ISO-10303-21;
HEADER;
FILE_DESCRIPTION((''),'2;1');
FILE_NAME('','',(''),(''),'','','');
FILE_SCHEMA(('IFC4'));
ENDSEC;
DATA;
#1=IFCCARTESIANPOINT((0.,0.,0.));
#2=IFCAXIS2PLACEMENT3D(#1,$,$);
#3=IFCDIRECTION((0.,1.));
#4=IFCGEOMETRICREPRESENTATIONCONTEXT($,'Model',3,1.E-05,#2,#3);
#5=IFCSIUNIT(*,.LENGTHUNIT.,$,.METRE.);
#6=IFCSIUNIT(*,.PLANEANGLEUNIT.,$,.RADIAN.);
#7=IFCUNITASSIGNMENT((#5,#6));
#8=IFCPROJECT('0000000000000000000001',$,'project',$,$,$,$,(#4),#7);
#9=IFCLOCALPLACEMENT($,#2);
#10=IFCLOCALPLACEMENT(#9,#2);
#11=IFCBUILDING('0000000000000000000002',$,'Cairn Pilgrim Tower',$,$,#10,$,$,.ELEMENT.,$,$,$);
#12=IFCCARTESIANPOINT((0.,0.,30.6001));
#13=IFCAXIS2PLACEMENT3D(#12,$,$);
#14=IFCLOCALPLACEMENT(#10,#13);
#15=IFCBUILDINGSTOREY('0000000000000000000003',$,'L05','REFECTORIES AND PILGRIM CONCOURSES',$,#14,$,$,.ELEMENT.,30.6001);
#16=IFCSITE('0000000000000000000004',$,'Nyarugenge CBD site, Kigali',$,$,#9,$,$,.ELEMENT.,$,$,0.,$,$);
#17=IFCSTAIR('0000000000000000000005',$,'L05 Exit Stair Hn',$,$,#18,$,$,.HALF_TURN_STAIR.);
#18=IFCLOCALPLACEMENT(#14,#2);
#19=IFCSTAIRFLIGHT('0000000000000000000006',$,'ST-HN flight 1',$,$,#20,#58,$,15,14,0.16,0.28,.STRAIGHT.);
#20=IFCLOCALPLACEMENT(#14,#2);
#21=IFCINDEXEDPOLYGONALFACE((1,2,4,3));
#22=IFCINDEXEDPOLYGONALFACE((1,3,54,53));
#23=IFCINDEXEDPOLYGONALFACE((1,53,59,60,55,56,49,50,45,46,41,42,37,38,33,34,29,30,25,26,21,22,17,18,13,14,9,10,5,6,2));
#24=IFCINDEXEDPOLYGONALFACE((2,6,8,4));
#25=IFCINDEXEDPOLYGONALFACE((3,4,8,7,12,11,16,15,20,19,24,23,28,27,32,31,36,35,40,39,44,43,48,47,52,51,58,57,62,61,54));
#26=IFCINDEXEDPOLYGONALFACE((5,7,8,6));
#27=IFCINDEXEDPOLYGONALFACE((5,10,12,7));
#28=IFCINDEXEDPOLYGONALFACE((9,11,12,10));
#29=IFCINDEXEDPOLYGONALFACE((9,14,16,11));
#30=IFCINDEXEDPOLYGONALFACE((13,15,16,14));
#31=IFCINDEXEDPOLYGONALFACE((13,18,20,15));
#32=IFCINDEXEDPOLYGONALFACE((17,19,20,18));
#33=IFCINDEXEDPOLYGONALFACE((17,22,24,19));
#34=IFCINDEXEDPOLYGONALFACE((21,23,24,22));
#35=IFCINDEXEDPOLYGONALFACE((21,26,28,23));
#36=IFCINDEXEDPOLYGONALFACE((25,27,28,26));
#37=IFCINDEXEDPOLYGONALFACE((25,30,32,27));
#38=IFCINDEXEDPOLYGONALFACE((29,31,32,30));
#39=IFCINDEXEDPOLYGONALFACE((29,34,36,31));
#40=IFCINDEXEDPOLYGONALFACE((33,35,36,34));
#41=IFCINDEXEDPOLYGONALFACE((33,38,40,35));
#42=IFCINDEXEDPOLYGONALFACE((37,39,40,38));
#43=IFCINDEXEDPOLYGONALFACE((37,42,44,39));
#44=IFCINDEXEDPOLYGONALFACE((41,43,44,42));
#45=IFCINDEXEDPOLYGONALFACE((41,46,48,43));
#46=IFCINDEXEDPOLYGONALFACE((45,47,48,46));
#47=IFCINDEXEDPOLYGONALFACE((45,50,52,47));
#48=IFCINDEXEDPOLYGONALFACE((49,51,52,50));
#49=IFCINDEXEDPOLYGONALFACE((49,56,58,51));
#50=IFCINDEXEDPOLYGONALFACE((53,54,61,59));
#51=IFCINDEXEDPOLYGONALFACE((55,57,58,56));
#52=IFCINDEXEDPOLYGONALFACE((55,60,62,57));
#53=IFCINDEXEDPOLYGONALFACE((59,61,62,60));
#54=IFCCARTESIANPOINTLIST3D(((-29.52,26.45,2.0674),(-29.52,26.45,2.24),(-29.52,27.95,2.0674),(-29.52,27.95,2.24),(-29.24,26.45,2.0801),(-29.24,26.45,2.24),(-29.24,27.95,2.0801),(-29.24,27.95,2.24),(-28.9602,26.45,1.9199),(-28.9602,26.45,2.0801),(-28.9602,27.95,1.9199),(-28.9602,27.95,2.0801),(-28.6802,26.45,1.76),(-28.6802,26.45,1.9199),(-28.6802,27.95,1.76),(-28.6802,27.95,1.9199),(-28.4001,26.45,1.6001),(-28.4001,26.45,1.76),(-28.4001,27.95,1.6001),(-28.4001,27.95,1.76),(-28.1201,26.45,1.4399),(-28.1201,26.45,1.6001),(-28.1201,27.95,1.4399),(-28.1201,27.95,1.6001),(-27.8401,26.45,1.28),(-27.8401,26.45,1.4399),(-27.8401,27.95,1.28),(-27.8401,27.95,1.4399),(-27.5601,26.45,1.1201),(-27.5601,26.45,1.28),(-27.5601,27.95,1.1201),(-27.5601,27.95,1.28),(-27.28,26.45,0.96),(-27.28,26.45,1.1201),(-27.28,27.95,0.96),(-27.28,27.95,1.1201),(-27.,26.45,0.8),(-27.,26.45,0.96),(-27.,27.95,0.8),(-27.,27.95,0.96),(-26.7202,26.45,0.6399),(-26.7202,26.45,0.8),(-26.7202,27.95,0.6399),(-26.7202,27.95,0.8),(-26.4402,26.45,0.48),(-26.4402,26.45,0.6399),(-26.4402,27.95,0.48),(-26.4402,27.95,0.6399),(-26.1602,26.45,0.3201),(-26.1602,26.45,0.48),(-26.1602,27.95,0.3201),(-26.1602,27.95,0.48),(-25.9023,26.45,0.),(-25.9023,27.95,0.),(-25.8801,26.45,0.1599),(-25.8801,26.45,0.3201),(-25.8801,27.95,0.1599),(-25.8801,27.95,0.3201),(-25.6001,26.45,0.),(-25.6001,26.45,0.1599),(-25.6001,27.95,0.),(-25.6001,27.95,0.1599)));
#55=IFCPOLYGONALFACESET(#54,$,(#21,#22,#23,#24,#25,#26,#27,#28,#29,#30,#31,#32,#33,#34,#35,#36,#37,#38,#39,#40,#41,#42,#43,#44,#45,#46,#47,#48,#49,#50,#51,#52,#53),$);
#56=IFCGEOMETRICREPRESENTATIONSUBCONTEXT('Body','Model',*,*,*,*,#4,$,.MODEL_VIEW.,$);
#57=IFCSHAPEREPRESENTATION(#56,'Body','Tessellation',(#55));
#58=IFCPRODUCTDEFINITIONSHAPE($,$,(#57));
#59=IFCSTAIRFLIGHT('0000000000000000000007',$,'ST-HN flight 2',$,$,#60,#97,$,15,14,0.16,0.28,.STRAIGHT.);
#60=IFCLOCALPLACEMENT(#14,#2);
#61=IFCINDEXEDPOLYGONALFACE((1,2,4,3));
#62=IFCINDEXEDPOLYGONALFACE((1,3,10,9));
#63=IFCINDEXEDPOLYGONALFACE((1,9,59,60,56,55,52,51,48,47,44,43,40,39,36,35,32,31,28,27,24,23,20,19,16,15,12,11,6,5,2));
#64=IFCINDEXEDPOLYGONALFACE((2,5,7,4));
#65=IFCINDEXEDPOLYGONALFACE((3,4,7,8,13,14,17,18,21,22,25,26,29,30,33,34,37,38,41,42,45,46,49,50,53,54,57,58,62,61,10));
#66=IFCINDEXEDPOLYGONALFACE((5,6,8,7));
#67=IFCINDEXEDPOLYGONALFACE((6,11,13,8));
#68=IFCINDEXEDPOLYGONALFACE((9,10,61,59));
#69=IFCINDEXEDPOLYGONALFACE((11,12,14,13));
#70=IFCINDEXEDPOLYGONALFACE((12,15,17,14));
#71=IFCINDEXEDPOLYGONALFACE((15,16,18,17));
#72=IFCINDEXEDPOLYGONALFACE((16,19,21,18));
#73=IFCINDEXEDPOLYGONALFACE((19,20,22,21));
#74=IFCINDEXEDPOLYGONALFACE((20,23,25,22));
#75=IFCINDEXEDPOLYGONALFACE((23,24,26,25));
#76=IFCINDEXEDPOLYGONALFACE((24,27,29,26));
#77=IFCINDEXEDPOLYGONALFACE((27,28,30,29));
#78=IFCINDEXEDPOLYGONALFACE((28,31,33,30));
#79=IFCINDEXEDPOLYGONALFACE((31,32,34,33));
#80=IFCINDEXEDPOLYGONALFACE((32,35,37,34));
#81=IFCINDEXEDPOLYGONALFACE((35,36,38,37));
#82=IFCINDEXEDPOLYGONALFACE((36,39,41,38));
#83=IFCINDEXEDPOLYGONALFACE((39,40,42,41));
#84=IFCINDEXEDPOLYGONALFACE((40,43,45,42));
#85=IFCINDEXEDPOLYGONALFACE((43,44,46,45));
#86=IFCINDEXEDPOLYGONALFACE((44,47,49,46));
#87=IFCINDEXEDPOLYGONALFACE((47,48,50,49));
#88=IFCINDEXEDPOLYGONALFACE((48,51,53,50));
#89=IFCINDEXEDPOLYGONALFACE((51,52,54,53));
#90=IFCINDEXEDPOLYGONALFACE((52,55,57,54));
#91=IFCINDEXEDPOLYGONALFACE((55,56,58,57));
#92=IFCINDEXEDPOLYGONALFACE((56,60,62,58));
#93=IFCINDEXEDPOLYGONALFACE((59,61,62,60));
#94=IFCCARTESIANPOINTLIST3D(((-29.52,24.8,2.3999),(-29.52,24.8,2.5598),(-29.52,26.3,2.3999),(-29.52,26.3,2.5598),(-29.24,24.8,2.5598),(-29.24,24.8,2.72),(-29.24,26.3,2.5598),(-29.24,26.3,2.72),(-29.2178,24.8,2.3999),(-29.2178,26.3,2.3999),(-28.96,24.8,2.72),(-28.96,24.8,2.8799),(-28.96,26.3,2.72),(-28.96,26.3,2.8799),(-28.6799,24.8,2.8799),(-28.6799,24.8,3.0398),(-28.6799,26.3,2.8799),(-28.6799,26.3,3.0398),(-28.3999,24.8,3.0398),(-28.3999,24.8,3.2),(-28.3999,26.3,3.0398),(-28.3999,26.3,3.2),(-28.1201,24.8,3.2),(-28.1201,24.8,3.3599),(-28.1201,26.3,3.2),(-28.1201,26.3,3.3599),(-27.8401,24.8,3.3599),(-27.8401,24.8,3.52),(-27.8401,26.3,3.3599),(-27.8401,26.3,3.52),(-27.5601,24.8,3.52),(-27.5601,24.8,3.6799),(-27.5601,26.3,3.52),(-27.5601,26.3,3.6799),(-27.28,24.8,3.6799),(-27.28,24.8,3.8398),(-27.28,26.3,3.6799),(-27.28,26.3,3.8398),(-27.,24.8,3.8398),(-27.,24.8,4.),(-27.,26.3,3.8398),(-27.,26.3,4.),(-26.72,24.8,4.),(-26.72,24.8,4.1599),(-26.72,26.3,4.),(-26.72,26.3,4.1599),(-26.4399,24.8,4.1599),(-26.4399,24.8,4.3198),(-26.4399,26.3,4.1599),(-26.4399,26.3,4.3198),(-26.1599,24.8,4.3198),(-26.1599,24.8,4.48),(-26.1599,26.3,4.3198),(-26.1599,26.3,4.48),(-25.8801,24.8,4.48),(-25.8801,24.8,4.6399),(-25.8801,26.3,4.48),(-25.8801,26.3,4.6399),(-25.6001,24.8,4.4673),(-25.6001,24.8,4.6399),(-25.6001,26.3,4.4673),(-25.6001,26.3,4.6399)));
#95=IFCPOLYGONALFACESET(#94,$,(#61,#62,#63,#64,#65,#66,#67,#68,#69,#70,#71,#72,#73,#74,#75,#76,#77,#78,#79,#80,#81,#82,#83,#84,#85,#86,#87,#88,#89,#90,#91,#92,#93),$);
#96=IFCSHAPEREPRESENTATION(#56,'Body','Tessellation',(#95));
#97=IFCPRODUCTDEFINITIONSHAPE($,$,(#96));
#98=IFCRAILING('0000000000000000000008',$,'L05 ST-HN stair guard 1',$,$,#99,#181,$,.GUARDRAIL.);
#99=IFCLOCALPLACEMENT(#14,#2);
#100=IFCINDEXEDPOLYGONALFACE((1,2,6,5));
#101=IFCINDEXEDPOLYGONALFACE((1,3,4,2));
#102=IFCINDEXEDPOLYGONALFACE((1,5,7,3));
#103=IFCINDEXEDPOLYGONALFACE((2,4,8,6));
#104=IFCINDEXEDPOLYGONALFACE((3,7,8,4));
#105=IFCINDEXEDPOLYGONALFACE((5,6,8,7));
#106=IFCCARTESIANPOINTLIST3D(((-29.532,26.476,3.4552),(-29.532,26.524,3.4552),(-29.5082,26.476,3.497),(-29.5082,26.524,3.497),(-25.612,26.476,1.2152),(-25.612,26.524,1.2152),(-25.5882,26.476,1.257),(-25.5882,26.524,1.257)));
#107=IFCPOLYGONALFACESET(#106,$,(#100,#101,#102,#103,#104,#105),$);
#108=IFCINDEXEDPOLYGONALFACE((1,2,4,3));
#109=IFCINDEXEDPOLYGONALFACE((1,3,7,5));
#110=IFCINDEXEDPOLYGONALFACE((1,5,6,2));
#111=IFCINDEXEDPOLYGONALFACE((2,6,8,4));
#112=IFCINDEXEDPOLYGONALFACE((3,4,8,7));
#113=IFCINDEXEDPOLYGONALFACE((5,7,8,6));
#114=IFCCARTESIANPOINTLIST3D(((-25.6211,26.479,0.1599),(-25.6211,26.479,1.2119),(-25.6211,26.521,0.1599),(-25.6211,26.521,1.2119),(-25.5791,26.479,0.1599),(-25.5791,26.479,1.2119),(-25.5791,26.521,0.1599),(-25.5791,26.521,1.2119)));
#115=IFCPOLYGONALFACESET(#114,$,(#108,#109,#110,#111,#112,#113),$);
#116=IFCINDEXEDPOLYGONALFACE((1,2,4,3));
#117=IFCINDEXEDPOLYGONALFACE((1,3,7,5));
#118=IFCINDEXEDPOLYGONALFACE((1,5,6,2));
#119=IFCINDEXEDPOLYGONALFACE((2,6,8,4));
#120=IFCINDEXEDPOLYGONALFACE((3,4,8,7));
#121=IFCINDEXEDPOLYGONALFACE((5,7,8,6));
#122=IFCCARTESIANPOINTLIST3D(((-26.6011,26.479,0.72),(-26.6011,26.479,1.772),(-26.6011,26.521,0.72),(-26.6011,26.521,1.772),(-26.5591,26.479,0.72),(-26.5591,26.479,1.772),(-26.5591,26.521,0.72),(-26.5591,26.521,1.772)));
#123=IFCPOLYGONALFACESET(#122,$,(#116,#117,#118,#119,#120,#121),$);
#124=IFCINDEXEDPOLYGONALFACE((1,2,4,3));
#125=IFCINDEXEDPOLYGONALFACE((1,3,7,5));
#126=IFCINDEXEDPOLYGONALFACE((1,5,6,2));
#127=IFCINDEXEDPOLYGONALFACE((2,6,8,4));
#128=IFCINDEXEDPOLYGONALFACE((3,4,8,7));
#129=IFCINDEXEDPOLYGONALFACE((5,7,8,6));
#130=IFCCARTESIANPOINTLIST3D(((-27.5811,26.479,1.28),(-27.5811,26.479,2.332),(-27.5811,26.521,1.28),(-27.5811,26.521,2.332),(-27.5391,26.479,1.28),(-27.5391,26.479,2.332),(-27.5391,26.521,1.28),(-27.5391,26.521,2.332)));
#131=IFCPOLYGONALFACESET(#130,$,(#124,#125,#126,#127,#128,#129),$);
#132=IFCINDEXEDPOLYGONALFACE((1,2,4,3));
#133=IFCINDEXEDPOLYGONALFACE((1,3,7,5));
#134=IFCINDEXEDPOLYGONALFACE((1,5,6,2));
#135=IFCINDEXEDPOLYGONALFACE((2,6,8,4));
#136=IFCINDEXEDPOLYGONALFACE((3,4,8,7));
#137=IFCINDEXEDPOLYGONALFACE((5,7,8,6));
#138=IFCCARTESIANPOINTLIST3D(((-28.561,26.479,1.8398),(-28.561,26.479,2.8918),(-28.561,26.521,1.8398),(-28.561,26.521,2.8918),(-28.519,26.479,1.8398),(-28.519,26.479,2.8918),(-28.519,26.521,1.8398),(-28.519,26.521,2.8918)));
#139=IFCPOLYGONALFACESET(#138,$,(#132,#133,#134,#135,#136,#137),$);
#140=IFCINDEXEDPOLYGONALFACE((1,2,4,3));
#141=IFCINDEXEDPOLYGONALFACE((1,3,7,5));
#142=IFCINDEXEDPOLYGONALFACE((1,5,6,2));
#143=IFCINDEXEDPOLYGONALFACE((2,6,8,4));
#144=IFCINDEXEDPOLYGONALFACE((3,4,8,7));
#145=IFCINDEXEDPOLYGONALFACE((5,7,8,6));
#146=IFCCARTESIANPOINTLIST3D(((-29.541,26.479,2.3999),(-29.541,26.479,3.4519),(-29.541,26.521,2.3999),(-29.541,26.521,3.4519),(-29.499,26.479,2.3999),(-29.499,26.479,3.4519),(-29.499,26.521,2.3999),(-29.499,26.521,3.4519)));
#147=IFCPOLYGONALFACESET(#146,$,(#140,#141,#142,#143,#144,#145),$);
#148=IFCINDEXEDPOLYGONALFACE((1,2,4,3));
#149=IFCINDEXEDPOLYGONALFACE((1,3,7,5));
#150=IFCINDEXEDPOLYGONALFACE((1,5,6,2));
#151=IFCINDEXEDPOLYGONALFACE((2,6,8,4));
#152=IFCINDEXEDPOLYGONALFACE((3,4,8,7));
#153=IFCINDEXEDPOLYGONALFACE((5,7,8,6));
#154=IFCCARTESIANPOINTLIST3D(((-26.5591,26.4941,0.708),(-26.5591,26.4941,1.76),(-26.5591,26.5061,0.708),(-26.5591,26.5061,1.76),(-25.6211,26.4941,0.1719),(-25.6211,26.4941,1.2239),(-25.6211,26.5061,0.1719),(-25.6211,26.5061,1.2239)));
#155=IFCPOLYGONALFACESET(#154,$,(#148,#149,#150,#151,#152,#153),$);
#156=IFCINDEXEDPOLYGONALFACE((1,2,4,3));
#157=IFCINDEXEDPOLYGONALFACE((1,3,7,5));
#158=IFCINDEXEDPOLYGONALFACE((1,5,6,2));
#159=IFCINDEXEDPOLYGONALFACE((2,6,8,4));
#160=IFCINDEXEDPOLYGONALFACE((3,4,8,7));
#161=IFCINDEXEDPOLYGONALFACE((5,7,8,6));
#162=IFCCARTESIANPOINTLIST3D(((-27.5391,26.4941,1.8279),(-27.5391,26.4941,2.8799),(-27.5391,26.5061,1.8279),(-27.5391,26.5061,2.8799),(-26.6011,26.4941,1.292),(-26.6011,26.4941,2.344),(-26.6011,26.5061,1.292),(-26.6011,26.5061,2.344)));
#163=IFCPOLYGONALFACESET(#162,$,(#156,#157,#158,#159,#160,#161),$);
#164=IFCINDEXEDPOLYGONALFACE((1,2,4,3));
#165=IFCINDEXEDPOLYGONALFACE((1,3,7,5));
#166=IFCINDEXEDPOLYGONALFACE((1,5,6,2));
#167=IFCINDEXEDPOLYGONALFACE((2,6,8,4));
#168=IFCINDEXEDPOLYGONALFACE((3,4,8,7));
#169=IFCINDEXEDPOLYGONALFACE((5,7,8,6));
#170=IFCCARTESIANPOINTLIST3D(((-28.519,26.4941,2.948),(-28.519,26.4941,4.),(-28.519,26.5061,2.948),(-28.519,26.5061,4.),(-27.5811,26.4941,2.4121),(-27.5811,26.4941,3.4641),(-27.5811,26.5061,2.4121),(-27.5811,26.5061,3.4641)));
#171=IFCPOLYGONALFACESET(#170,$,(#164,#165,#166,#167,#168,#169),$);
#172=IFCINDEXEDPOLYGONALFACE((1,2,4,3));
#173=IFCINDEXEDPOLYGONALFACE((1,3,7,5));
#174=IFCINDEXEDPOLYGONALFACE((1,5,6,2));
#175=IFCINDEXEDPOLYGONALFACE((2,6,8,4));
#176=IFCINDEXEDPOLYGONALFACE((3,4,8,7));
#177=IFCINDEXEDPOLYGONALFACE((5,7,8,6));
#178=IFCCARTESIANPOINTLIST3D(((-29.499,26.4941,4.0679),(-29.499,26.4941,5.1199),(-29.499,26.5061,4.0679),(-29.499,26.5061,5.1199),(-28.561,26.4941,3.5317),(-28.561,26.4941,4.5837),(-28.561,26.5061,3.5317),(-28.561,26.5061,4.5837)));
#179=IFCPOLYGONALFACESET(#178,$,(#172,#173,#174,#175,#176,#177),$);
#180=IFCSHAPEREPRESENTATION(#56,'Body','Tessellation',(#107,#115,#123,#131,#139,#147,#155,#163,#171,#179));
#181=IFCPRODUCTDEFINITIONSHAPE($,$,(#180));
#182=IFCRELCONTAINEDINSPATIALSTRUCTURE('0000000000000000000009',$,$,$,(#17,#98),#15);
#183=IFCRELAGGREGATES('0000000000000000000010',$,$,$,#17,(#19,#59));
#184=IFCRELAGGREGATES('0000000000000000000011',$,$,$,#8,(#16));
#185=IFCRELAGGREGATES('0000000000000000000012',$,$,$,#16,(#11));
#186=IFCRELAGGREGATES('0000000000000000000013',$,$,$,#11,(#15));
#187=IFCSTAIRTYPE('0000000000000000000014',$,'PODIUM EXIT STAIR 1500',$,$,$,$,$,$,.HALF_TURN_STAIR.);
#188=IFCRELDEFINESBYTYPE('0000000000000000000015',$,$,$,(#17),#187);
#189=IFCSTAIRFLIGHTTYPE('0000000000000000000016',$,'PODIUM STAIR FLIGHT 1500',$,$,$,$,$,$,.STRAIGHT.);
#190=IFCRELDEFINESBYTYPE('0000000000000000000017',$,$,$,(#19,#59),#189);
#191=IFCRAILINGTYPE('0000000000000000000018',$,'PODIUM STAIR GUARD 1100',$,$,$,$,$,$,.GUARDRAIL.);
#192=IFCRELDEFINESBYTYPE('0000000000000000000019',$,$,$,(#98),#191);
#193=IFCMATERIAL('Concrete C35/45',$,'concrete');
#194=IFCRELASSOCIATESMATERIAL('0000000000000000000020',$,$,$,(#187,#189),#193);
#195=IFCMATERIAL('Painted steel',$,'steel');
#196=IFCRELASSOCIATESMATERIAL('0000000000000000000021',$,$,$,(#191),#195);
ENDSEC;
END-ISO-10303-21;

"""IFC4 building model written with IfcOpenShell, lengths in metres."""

from ifc_helpers import new_model, si_unit, direction, frame, origin, origin_2d, place, context, subcontext, project, spatial, polyline, rectangle, outline, extrude, material, type_object, element, aggregate, save


model = new_model("IFC4")

# Units and contexts
model_context = context("Model", 3, precision=1e-05, world=origin(), true_north=direction((0.0, 1.0)))
body_context = subcontext(model_context, "Body", "Model", "MODEL_VIEW")
ifc_project = project(units=[si_unit("LENGTHUNIT", "METRE"), si_unit("PLANEANGLEUNIT", "RADIAN")], contexts=[model_context])

# Site, building, storey
site_placement = place(None, origin())
site = spatial("IfcSite", under=ifc_project, at=site_placement, Name="Nyarugenge CBD site, Kigali", CompositionType="ELEMENT", RefElevation=0.0)
building_placement = place(site_placement, origin())
building = spatial("IfcBuilding", under=site, at=building_placement, Name="Cairn Pilgrim Tower", CompositionType="ELEMENT")
storey_placement = place(building_placement, frame((0.0, 0.0, 30.6001)))
storey = spatial("IfcBuildingStorey", under=building, at=storey_placement, Name="L05", Description="REFECTORIES AND PILGRIM CONCOURSES", CompositionType="ELEMENT", Elevation=30.6001)

# Shared definitions
ifc_material_1 = material(Name="Concrete C35/45", Category="concrete")

# Stair, stair flights
stair_type = type_object("IfcStairType", Name="PODIUM EXIT STAIR 1500", PredefinedType="HALF_TURN_STAIR", material=ifc_material_1)
stair_placement = place(storey_placement, origin())
stair = element("IfcStair", 1, at=stair_placement, inside=storey, type_object=stair_type, Name="L05 Exit Stair Hn", PredefinedType="HALF_TURN_STAIR")
stair_flight_type = type_object("IfcStairFlightType", Name="PODIUM STAIR FLIGHT 1500", PredefinedType="STRAIGHT", material=ifc_material_1)
stair_flight_1_placement = place(storey_placement, frame((-25.6001, 27.2, 0.0), z_axis=(0.0, 0.0, 1.0), x_axis=(-1.0, 0.0, 0.0)))
stair_flight_1 = element("IfcStairFlight", 2, at=stair_flight_1_placement, type_object=stair_flight_type, Name="ST-HN flight 1", NumberOfRisers=15, NumberOfTreads=14, PredefinedType="STRAIGHT", RiserHeight=0.16, TreadLength=0.28, context=body_context, shape_type="SweptSolid", body=[
    extrude(outline(polyline([(0.0, 0.0), (0.0, 0.1599), (0.28, 0.1599), (0.28, 0.3201), (0.5601, 0.3201), (0.5601, 0.48), (0.8401, 0.48), (0.8401, 0.6399), (1.1201, 0.6399), (1.1201, 0.8), (1.3999, 0.8), (1.3999, 0.96), (1.6799, 0.96), (1.6799, 1.1201), (1.96, 1.1201), (1.96, 1.28), (2.24, 1.28), (2.24, 1.4399), (2.52, 1.4399), (2.52, 1.6001), (2.8, 1.6001), (2.8, 1.76), (3.0801, 1.76), (3.0801, 1.9199), (3.3601, 1.9199), (3.3601, 2.0801), (3.6399, 2.0801), (3.6399, 2.24), (3.9199, 2.24), (3.9199, 2.3999), (3.9199, 2.0674), (0.3022, 0.0), (0.0, 0.0)])), frame((0.0, 0.75, 0.0), z_axis=(0.0, -1.0, 0.0), x_axis=(1.0, 0.0, 0.0)), (0.0, 0.0, 1.0), 1.5),
])
stair_flight_2_placement = place(storey_placement, frame((-29.52, 25.55, 2.3999), z_axis=(0.0, 0.0, 1.0), x_axis=(1.0, 0.0, 0.0)))
stair_flight_2 = element("IfcStairFlight", 3, at=stair_flight_2_placement, type_object=stair_flight_type, Name="ST-HN flight 2", NumberOfRisers=15, NumberOfTreads=14, PredefinedType="STRAIGHT", RiserHeight=0.16, TreadLength=0.28, context=body_context, shape_type="SweptSolid", body=[
    extrude(outline(polyline([(0.0, 0.0), (0.0, 0.1599), (0.28, 0.1599), (0.28, 0.3201), (0.5601, 0.3201), (0.5601, 0.48), (0.8401, 0.48), (0.8401, 0.6399), (1.1201, 0.6399), (1.1201, 0.8), (1.3999, 0.8), (1.3999, 0.96), (1.6799, 0.96), (1.6799, 1.1201), (1.96, 1.1201), (1.96, 1.28), (2.24, 1.28), (2.24, 1.4399), (2.52, 1.4399), (2.52, 1.6001), (2.8, 1.6001), (2.8, 1.76), (3.0801, 1.76), (3.0801, 1.9199), (3.3601, 1.9199), (3.3601, 2.0801), (3.6399, 2.0801), (3.6399, 2.24), (3.9199, 2.24), (3.9199, 2.3999), (3.9199, 2.0674), (0.3022, 0.0), (0.0, 0.0)])), frame((0.0, 0.75, 0.0), z_axis=(0.0, -1.0, 0.0), x_axis=(1.0, 0.0, 0.0)), (0.0, 0.0, 1.0), 1.5),
])
aggregate(stair, [stair_flight_1, stair_flight_2])

# Railing
ifc_material_2 = material(Name="Painted steel", Category="steel")
railing_type_1 = type_object("IfcRailingType", Name="PODIUM STAIR GUARD 1100", PredefinedType="GUARDRAIL", material=ifc_material_2)
railing_1_placement = place(storey_placement, frame((-25.6001, 26.5, 0.1599)))
element("IfcRailing", 4, at=railing_1_placement, inside=storey, type_object=railing_type_1, Name="L05 ST-HN stair guard 1", PredefinedType="GUARDRAIL", context=body_context, shape_type="SweptSolid", body=[
    extrude(rectangle(XDim=0.0481, YDim=0.0481, at=origin_2d()), frame((0.0, 0.0, 1.0762), z_axis=(-0.86824, 0.0, 0.496145), x_axis=(0.0, -1.0, 0.0)), (0.0, 0.0, 1.0), 4.5149),
    extrude(rectangle(XDim=0.042, YDim=0.042, at=origin_2d()), origin(), (0.0, 0.0, 1.0), 1.052),
    extrude(rectangle(XDim=0.042, YDim=0.042, at=origin_2d()), frame((-0.98, 0.0, 0.5601)), (0.0, 0.0, 1.0), 1.052),
    extrude(rectangle(XDim=0.042, YDim=0.042, at=origin_2d()), frame((-1.96, 0.0, 1.1201)), (0.0, 0.0, 1.0), 1.052),
    extrude(rectangle(XDim=0.042, YDim=0.042, at=origin_2d()), frame((-2.9399, 0.0, 1.6799)), (0.0, 0.0, 1.0), 1.052),
    extrude(rectangle(XDim=0.042, YDim=0.042, at=origin_2d()), frame((-3.9199, 0.0, 2.24)), (0.0, 0.0, 1.0), 1.052),
    extrude(outline(polyline([(0.021, 0.012), (0.959, 0.5481), (0.959, 1.6001), (0.021, 1.064), (0.021, 0.012)])), frame((0.0, -0.0059, 0.0), z_axis=(0.0, 1.0, 0.0), x_axis=(-1.0, 0.0, 0.0)), (0.0, 0.0, 1.0), 0.012),
    extrude(outline(polyline([(0.021, 0.572), (0.959, 1.1079), (0.959, 2.1599), (0.021, 1.624), (0.021, 0.572)])), frame((-0.98, -0.0059, 0.5601), z_axis=(0.0, 1.0, 0.0), x_axis=(-1.0, 0.0, 0.0)), (0.0, 0.0, 1.0), 0.012),
    extrude(outline(polyline([(0.021, 1.1321), (0.959, 1.668), (0.959, 2.72), (0.021, 2.1841), (0.021, 1.1321)])), frame((-1.96, -0.0059, 1.1201), z_axis=(0.0, 1.0, 0.0), x_axis=(-1.0, 0.0, 0.0)), (0.0, 0.0, 1.0), 0.012),
    extrude(outline(polyline([(0.021, 1.6919), (0.959, 2.228), (0.959, 3.28), (0.021, 2.7439), (0.021, 1.6919)])), frame((-2.9399, -0.0059, 1.6799), z_axis=(0.0, 1.0, 0.0), x_axis=(-1.0, 0.0, 0.0)), (0.0, 0.0, 1.0), 0.012),
])

save(model, "model.ifc")
